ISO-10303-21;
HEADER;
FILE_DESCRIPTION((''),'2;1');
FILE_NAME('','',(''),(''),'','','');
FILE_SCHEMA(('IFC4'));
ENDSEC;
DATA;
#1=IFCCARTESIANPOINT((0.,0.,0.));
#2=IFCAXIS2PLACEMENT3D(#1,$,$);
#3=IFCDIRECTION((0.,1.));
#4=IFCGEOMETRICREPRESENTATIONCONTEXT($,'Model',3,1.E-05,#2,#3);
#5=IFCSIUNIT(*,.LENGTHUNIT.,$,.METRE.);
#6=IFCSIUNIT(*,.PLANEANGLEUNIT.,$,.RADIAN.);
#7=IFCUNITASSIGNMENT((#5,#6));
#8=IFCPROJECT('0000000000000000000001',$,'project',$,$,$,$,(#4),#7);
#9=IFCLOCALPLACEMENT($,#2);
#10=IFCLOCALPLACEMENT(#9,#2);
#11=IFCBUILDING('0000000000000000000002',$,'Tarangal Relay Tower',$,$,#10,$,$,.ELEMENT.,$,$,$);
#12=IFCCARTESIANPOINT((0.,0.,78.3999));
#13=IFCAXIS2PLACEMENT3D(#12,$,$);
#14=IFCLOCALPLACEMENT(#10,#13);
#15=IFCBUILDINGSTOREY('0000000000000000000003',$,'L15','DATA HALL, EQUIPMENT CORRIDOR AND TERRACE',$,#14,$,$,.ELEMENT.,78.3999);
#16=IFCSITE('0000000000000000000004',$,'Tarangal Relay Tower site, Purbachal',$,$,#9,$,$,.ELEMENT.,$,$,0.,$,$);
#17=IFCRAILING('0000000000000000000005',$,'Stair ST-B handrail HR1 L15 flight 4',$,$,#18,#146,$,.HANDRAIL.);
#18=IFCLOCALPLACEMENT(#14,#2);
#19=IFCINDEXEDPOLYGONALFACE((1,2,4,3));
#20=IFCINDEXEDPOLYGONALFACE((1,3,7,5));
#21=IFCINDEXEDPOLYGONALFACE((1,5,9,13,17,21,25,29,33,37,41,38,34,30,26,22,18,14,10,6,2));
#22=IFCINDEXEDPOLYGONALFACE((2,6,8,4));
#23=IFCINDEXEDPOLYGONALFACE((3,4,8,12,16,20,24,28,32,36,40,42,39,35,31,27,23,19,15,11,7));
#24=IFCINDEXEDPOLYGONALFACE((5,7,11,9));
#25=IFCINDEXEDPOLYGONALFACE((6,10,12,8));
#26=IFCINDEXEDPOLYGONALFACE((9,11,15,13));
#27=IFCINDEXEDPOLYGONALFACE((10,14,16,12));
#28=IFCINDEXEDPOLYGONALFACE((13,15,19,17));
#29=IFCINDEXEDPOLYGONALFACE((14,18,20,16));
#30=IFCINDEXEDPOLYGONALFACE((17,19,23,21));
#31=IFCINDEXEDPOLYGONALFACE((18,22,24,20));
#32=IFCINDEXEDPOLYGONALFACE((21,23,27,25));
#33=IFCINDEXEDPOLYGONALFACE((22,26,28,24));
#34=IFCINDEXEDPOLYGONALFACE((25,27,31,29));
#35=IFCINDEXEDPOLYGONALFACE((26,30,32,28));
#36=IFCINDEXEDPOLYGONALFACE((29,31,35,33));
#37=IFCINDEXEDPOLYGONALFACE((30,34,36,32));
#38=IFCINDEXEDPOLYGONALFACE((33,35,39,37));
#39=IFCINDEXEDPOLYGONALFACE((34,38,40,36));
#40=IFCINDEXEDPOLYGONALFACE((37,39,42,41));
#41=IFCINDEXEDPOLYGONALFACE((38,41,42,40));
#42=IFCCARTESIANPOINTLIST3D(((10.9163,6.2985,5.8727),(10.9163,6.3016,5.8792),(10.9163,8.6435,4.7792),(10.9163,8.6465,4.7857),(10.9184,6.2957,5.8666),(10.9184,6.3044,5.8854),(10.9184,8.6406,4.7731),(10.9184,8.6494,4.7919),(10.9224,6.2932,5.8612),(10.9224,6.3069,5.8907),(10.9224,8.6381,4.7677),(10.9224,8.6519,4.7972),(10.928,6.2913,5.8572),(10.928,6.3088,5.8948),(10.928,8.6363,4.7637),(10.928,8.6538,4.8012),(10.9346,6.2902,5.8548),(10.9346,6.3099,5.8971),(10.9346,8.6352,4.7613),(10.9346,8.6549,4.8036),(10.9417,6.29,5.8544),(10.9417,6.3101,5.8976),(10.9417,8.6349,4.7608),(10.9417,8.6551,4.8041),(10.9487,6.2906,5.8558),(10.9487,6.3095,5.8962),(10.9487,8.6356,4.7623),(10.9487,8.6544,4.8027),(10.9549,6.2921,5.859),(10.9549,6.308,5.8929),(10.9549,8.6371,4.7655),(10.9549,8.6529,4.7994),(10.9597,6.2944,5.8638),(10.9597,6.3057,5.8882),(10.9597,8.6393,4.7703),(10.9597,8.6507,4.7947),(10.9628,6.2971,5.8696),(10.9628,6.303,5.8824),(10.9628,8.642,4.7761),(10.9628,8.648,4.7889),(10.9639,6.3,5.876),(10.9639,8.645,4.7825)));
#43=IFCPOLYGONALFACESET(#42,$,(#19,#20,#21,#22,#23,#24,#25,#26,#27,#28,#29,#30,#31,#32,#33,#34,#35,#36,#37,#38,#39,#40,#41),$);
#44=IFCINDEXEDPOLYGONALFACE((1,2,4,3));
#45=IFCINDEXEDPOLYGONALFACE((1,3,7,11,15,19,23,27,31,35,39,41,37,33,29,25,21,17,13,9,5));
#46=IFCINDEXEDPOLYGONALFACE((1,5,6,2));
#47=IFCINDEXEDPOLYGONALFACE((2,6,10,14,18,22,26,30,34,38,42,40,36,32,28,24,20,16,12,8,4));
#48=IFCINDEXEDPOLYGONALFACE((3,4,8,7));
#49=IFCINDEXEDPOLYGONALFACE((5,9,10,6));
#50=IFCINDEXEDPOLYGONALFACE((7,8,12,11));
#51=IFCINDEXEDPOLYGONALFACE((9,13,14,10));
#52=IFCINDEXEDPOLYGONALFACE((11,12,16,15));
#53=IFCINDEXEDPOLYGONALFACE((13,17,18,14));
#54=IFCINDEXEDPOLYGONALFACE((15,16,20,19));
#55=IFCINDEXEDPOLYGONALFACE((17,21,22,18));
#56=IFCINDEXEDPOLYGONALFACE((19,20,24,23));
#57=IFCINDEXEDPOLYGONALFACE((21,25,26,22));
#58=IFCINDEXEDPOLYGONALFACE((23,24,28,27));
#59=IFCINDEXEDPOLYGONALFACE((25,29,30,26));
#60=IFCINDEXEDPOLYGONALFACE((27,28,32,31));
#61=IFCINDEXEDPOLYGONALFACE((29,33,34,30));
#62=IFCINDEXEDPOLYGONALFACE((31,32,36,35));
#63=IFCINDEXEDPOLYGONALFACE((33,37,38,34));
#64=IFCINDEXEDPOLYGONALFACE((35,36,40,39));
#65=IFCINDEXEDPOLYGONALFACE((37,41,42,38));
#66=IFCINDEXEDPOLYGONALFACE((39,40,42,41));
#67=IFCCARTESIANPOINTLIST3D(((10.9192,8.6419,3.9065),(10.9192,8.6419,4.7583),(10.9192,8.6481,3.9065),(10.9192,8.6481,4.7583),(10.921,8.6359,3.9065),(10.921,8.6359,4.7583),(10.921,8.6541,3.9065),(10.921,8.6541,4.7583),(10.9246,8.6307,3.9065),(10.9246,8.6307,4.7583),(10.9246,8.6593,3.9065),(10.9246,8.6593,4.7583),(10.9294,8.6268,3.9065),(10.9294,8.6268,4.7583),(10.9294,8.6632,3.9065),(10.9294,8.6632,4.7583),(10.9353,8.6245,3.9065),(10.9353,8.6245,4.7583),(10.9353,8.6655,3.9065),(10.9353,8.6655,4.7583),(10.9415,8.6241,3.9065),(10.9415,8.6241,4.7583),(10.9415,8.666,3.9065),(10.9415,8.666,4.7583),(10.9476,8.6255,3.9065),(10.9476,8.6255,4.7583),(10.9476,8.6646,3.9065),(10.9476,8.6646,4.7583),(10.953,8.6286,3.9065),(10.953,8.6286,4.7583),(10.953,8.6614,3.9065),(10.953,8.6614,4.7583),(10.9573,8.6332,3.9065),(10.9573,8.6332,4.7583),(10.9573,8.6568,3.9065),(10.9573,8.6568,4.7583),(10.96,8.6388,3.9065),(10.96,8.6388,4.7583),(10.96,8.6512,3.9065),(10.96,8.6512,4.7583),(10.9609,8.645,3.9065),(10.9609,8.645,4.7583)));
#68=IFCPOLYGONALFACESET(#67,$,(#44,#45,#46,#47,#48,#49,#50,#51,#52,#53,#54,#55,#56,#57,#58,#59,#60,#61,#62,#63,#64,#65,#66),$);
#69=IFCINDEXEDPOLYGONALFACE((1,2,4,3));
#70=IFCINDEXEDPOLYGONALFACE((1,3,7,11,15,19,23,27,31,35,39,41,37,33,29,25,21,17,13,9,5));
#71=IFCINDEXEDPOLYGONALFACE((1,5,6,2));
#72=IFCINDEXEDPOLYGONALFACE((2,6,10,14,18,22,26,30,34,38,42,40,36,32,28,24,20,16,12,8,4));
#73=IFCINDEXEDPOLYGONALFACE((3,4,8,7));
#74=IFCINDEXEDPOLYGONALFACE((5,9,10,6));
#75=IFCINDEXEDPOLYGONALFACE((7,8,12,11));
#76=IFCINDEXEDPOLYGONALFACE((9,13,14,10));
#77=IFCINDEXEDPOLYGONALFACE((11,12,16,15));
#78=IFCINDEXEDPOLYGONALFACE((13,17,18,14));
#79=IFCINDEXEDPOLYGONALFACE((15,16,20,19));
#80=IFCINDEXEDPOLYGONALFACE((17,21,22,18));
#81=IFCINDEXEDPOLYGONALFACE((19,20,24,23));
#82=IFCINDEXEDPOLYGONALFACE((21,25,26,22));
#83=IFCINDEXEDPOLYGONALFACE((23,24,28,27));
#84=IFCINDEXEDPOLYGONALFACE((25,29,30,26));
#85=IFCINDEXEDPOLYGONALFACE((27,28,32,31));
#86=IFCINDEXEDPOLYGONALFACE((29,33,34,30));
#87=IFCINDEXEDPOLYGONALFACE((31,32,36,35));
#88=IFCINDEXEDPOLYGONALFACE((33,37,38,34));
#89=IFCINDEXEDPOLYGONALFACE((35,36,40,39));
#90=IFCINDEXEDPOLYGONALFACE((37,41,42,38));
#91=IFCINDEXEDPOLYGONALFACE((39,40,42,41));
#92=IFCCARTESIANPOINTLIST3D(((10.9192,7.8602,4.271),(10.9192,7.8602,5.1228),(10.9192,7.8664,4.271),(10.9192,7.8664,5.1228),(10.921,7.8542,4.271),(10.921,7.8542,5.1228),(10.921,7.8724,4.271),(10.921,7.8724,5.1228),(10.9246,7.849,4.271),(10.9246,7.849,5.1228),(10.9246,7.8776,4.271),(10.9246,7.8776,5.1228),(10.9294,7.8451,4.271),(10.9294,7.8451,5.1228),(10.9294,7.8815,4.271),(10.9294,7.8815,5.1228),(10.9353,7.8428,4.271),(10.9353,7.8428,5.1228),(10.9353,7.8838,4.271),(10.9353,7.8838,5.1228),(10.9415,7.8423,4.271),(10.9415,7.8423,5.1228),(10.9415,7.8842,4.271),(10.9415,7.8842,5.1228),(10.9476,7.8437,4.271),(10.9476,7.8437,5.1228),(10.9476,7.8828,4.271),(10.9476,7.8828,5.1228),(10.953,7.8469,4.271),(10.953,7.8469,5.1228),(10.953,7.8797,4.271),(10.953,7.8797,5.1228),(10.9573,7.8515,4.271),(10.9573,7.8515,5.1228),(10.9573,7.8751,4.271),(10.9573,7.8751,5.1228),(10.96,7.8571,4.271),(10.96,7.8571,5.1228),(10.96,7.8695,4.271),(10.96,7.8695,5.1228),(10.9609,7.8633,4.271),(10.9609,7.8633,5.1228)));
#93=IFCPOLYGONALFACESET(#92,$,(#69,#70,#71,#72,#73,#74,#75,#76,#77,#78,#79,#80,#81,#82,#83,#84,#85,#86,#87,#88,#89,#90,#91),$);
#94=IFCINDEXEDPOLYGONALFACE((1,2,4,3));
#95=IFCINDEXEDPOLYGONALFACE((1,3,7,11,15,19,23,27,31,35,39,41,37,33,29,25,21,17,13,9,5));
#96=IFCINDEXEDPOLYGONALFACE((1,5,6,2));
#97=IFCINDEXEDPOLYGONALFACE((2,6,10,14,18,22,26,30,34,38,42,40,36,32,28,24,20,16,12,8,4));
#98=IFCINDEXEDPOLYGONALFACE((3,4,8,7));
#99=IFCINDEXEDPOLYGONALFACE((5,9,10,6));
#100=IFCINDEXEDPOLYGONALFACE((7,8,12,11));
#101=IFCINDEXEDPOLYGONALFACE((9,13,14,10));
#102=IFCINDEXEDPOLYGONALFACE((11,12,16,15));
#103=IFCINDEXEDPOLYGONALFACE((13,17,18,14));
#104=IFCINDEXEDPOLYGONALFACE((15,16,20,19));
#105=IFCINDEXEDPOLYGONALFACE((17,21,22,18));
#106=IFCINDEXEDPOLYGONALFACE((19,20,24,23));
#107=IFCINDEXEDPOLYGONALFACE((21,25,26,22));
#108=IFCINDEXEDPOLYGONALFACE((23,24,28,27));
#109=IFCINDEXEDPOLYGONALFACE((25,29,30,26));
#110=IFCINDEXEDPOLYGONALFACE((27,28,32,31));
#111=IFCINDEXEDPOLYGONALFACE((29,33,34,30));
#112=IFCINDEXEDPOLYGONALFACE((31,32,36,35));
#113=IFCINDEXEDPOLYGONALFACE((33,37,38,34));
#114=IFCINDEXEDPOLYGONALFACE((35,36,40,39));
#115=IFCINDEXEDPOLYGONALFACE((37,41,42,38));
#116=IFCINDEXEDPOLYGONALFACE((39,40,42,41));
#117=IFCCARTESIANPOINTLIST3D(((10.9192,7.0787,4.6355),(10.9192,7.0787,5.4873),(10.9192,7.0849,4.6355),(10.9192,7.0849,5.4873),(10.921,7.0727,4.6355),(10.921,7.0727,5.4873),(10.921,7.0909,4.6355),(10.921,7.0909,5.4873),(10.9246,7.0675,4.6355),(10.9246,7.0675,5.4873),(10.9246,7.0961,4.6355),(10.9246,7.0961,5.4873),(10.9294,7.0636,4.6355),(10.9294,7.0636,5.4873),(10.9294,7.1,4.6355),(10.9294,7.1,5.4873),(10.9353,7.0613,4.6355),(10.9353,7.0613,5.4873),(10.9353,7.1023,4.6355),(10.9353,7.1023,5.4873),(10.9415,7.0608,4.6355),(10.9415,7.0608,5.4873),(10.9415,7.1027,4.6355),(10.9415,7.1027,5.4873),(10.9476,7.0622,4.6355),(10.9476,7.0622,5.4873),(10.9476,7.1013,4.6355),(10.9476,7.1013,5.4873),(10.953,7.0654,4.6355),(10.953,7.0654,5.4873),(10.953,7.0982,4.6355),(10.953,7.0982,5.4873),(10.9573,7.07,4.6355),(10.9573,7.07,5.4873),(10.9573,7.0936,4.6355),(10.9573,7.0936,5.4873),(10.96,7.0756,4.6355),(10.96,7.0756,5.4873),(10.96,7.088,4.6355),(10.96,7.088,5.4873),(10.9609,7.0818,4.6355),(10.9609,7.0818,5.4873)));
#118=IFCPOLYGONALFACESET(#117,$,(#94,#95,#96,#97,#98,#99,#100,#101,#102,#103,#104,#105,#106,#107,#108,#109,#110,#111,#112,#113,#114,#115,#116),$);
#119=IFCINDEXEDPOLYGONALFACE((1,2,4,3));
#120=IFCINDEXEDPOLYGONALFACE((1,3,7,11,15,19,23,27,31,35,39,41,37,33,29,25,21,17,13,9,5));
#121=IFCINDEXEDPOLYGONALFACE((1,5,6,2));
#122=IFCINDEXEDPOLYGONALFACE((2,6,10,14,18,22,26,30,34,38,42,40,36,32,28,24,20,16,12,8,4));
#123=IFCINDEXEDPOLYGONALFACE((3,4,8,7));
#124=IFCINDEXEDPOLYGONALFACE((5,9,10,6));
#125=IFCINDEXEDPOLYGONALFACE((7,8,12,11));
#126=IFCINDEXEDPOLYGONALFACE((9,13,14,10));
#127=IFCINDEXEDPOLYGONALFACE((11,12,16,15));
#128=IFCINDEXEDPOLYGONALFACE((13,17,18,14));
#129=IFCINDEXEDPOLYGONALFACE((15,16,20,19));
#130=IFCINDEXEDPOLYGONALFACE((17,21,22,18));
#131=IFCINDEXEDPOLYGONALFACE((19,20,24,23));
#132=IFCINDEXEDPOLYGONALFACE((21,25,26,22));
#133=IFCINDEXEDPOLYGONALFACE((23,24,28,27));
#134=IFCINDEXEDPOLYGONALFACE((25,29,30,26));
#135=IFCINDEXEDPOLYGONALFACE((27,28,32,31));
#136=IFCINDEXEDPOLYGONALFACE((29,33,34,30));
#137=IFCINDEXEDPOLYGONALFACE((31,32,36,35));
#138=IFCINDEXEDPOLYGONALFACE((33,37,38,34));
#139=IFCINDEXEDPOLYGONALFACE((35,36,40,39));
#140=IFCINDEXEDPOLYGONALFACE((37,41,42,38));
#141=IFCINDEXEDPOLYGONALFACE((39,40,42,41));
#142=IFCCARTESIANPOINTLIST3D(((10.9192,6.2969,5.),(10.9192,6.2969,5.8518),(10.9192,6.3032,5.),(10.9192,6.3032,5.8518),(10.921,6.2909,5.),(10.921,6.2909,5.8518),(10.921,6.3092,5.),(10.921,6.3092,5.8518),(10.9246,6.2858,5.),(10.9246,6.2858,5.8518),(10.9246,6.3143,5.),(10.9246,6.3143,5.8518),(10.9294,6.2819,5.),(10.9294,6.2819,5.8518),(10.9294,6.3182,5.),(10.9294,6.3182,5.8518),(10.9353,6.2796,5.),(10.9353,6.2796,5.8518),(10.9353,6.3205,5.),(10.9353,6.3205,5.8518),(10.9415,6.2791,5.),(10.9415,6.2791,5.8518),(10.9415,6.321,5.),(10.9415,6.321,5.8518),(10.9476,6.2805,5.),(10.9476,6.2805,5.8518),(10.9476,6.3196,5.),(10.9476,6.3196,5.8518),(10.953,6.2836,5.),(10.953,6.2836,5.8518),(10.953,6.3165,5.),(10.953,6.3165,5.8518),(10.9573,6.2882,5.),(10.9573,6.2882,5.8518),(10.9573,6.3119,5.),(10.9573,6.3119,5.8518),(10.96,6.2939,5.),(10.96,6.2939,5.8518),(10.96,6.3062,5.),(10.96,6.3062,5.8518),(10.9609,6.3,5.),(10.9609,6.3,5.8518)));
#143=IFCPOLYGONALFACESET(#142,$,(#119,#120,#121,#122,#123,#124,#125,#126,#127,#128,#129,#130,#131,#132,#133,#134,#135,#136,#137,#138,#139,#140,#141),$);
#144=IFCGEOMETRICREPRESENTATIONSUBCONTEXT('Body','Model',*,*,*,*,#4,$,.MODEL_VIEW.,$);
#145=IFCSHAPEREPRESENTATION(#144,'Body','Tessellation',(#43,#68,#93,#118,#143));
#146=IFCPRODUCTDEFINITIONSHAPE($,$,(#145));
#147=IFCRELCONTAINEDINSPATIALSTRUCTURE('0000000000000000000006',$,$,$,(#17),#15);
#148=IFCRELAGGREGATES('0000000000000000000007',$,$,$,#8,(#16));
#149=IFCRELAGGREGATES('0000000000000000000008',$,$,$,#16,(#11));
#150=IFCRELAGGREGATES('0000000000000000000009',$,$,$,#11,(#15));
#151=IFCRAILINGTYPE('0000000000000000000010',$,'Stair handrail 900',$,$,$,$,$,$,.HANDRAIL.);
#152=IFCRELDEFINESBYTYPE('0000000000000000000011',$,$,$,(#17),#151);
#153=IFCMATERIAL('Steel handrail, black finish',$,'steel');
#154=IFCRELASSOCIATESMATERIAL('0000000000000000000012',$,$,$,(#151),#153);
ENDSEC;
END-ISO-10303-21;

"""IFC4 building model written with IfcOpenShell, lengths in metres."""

from ifc_helpers import new_model, si_unit, direction, frame, origin, origin_2d, place, context, subcontext, project, spatial, circle, extrude, material, type_object, element, save


model = new_model("IFC4")

# Units and contexts
model_context = context("Model", 3, precision=1e-05, world=origin(), true_north=direction((0.0, 1.0)))
body_context = subcontext(model_context, "Body", "Model", "MODEL_VIEW")
ifc_project = project(units=[si_unit("LENGTHUNIT", "METRE"), si_unit("PLANEANGLEUNIT", "RADIAN")], contexts=[model_context])

# Site, building, storey
site_placement = place(None, origin())
site = spatial("IfcSite", under=ifc_project, at=site_placement, Name="Tarangal Relay Tower site, Purbachal", CompositionType="ELEMENT", RefElevation=0.0)
building_placement = place(site_placement, origin())
building = spatial("IfcBuilding", under=site, at=building_placement, Name="Tarangal Relay Tower", CompositionType="ELEMENT")
storey_placement = place(building_placement, frame((0.0, 0.0, 78.3999)))
storey = spatial("IfcBuildingStorey", under=building, at=storey_placement, Name="L15", Description="DATA HALL, EQUIPMENT CORRIDOR AND TERRACE", CompositionType="ELEMENT", Elevation=78.3999)

# Railing
ifc_material_1 = material(Name="Steel handrail, black finish", Category="steel")
railing_type_1 = type_object("IfcRailingType", Name="Stair handrail 900", PredefinedType="HANDRAIL", material=ifc_material_1)
for number, where, name in (
    (1, (10.9399, 8.645, 3.9065), "Stair ST-B handrail HR1 L15 flight 4"),
):
    element("IfcRailing", number, at=place(storey_placement, frame(where)), inside=storey, type_object=railing_type_1, Name=name, PredefinedType="HANDRAIL", context=body_context, shape_type="SweptSolid", body=[
        extrude(circle(Radius=0.0239, at=origin_2d()), frame((0.0, 0.0, 0.876), z_axis=(0.0, -0.906304, 0.422627), x_axis=(1.0, 0.0, 0.0)), (0.0, 0.0, 1.0), 2.5874),
        extrude(circle(Radius=0.021, at=origin_2d()), origin(), (0.0, 0.0, 1.0), 0.8518),
        extrude(circle(Radius=0.021, at=origin_2d()), frame((0.0, -0.7817, 0.3645)), (0.0, 0.0, 1.0), 0.8518),
        extrude(circle(Radius=0.021, at=origin_2d()), frame((0.0, -1.5632, 0.729)), (0.0, 0.0, 1.0), 0.8518),
        extrude(circle(Radius=0.021, at=origin_2d()), frame((0.0, -2.345, 1.0935)), (0.0, 0.0, 1.0), 0.8518),
    ])

save(model, "model.ifc")
